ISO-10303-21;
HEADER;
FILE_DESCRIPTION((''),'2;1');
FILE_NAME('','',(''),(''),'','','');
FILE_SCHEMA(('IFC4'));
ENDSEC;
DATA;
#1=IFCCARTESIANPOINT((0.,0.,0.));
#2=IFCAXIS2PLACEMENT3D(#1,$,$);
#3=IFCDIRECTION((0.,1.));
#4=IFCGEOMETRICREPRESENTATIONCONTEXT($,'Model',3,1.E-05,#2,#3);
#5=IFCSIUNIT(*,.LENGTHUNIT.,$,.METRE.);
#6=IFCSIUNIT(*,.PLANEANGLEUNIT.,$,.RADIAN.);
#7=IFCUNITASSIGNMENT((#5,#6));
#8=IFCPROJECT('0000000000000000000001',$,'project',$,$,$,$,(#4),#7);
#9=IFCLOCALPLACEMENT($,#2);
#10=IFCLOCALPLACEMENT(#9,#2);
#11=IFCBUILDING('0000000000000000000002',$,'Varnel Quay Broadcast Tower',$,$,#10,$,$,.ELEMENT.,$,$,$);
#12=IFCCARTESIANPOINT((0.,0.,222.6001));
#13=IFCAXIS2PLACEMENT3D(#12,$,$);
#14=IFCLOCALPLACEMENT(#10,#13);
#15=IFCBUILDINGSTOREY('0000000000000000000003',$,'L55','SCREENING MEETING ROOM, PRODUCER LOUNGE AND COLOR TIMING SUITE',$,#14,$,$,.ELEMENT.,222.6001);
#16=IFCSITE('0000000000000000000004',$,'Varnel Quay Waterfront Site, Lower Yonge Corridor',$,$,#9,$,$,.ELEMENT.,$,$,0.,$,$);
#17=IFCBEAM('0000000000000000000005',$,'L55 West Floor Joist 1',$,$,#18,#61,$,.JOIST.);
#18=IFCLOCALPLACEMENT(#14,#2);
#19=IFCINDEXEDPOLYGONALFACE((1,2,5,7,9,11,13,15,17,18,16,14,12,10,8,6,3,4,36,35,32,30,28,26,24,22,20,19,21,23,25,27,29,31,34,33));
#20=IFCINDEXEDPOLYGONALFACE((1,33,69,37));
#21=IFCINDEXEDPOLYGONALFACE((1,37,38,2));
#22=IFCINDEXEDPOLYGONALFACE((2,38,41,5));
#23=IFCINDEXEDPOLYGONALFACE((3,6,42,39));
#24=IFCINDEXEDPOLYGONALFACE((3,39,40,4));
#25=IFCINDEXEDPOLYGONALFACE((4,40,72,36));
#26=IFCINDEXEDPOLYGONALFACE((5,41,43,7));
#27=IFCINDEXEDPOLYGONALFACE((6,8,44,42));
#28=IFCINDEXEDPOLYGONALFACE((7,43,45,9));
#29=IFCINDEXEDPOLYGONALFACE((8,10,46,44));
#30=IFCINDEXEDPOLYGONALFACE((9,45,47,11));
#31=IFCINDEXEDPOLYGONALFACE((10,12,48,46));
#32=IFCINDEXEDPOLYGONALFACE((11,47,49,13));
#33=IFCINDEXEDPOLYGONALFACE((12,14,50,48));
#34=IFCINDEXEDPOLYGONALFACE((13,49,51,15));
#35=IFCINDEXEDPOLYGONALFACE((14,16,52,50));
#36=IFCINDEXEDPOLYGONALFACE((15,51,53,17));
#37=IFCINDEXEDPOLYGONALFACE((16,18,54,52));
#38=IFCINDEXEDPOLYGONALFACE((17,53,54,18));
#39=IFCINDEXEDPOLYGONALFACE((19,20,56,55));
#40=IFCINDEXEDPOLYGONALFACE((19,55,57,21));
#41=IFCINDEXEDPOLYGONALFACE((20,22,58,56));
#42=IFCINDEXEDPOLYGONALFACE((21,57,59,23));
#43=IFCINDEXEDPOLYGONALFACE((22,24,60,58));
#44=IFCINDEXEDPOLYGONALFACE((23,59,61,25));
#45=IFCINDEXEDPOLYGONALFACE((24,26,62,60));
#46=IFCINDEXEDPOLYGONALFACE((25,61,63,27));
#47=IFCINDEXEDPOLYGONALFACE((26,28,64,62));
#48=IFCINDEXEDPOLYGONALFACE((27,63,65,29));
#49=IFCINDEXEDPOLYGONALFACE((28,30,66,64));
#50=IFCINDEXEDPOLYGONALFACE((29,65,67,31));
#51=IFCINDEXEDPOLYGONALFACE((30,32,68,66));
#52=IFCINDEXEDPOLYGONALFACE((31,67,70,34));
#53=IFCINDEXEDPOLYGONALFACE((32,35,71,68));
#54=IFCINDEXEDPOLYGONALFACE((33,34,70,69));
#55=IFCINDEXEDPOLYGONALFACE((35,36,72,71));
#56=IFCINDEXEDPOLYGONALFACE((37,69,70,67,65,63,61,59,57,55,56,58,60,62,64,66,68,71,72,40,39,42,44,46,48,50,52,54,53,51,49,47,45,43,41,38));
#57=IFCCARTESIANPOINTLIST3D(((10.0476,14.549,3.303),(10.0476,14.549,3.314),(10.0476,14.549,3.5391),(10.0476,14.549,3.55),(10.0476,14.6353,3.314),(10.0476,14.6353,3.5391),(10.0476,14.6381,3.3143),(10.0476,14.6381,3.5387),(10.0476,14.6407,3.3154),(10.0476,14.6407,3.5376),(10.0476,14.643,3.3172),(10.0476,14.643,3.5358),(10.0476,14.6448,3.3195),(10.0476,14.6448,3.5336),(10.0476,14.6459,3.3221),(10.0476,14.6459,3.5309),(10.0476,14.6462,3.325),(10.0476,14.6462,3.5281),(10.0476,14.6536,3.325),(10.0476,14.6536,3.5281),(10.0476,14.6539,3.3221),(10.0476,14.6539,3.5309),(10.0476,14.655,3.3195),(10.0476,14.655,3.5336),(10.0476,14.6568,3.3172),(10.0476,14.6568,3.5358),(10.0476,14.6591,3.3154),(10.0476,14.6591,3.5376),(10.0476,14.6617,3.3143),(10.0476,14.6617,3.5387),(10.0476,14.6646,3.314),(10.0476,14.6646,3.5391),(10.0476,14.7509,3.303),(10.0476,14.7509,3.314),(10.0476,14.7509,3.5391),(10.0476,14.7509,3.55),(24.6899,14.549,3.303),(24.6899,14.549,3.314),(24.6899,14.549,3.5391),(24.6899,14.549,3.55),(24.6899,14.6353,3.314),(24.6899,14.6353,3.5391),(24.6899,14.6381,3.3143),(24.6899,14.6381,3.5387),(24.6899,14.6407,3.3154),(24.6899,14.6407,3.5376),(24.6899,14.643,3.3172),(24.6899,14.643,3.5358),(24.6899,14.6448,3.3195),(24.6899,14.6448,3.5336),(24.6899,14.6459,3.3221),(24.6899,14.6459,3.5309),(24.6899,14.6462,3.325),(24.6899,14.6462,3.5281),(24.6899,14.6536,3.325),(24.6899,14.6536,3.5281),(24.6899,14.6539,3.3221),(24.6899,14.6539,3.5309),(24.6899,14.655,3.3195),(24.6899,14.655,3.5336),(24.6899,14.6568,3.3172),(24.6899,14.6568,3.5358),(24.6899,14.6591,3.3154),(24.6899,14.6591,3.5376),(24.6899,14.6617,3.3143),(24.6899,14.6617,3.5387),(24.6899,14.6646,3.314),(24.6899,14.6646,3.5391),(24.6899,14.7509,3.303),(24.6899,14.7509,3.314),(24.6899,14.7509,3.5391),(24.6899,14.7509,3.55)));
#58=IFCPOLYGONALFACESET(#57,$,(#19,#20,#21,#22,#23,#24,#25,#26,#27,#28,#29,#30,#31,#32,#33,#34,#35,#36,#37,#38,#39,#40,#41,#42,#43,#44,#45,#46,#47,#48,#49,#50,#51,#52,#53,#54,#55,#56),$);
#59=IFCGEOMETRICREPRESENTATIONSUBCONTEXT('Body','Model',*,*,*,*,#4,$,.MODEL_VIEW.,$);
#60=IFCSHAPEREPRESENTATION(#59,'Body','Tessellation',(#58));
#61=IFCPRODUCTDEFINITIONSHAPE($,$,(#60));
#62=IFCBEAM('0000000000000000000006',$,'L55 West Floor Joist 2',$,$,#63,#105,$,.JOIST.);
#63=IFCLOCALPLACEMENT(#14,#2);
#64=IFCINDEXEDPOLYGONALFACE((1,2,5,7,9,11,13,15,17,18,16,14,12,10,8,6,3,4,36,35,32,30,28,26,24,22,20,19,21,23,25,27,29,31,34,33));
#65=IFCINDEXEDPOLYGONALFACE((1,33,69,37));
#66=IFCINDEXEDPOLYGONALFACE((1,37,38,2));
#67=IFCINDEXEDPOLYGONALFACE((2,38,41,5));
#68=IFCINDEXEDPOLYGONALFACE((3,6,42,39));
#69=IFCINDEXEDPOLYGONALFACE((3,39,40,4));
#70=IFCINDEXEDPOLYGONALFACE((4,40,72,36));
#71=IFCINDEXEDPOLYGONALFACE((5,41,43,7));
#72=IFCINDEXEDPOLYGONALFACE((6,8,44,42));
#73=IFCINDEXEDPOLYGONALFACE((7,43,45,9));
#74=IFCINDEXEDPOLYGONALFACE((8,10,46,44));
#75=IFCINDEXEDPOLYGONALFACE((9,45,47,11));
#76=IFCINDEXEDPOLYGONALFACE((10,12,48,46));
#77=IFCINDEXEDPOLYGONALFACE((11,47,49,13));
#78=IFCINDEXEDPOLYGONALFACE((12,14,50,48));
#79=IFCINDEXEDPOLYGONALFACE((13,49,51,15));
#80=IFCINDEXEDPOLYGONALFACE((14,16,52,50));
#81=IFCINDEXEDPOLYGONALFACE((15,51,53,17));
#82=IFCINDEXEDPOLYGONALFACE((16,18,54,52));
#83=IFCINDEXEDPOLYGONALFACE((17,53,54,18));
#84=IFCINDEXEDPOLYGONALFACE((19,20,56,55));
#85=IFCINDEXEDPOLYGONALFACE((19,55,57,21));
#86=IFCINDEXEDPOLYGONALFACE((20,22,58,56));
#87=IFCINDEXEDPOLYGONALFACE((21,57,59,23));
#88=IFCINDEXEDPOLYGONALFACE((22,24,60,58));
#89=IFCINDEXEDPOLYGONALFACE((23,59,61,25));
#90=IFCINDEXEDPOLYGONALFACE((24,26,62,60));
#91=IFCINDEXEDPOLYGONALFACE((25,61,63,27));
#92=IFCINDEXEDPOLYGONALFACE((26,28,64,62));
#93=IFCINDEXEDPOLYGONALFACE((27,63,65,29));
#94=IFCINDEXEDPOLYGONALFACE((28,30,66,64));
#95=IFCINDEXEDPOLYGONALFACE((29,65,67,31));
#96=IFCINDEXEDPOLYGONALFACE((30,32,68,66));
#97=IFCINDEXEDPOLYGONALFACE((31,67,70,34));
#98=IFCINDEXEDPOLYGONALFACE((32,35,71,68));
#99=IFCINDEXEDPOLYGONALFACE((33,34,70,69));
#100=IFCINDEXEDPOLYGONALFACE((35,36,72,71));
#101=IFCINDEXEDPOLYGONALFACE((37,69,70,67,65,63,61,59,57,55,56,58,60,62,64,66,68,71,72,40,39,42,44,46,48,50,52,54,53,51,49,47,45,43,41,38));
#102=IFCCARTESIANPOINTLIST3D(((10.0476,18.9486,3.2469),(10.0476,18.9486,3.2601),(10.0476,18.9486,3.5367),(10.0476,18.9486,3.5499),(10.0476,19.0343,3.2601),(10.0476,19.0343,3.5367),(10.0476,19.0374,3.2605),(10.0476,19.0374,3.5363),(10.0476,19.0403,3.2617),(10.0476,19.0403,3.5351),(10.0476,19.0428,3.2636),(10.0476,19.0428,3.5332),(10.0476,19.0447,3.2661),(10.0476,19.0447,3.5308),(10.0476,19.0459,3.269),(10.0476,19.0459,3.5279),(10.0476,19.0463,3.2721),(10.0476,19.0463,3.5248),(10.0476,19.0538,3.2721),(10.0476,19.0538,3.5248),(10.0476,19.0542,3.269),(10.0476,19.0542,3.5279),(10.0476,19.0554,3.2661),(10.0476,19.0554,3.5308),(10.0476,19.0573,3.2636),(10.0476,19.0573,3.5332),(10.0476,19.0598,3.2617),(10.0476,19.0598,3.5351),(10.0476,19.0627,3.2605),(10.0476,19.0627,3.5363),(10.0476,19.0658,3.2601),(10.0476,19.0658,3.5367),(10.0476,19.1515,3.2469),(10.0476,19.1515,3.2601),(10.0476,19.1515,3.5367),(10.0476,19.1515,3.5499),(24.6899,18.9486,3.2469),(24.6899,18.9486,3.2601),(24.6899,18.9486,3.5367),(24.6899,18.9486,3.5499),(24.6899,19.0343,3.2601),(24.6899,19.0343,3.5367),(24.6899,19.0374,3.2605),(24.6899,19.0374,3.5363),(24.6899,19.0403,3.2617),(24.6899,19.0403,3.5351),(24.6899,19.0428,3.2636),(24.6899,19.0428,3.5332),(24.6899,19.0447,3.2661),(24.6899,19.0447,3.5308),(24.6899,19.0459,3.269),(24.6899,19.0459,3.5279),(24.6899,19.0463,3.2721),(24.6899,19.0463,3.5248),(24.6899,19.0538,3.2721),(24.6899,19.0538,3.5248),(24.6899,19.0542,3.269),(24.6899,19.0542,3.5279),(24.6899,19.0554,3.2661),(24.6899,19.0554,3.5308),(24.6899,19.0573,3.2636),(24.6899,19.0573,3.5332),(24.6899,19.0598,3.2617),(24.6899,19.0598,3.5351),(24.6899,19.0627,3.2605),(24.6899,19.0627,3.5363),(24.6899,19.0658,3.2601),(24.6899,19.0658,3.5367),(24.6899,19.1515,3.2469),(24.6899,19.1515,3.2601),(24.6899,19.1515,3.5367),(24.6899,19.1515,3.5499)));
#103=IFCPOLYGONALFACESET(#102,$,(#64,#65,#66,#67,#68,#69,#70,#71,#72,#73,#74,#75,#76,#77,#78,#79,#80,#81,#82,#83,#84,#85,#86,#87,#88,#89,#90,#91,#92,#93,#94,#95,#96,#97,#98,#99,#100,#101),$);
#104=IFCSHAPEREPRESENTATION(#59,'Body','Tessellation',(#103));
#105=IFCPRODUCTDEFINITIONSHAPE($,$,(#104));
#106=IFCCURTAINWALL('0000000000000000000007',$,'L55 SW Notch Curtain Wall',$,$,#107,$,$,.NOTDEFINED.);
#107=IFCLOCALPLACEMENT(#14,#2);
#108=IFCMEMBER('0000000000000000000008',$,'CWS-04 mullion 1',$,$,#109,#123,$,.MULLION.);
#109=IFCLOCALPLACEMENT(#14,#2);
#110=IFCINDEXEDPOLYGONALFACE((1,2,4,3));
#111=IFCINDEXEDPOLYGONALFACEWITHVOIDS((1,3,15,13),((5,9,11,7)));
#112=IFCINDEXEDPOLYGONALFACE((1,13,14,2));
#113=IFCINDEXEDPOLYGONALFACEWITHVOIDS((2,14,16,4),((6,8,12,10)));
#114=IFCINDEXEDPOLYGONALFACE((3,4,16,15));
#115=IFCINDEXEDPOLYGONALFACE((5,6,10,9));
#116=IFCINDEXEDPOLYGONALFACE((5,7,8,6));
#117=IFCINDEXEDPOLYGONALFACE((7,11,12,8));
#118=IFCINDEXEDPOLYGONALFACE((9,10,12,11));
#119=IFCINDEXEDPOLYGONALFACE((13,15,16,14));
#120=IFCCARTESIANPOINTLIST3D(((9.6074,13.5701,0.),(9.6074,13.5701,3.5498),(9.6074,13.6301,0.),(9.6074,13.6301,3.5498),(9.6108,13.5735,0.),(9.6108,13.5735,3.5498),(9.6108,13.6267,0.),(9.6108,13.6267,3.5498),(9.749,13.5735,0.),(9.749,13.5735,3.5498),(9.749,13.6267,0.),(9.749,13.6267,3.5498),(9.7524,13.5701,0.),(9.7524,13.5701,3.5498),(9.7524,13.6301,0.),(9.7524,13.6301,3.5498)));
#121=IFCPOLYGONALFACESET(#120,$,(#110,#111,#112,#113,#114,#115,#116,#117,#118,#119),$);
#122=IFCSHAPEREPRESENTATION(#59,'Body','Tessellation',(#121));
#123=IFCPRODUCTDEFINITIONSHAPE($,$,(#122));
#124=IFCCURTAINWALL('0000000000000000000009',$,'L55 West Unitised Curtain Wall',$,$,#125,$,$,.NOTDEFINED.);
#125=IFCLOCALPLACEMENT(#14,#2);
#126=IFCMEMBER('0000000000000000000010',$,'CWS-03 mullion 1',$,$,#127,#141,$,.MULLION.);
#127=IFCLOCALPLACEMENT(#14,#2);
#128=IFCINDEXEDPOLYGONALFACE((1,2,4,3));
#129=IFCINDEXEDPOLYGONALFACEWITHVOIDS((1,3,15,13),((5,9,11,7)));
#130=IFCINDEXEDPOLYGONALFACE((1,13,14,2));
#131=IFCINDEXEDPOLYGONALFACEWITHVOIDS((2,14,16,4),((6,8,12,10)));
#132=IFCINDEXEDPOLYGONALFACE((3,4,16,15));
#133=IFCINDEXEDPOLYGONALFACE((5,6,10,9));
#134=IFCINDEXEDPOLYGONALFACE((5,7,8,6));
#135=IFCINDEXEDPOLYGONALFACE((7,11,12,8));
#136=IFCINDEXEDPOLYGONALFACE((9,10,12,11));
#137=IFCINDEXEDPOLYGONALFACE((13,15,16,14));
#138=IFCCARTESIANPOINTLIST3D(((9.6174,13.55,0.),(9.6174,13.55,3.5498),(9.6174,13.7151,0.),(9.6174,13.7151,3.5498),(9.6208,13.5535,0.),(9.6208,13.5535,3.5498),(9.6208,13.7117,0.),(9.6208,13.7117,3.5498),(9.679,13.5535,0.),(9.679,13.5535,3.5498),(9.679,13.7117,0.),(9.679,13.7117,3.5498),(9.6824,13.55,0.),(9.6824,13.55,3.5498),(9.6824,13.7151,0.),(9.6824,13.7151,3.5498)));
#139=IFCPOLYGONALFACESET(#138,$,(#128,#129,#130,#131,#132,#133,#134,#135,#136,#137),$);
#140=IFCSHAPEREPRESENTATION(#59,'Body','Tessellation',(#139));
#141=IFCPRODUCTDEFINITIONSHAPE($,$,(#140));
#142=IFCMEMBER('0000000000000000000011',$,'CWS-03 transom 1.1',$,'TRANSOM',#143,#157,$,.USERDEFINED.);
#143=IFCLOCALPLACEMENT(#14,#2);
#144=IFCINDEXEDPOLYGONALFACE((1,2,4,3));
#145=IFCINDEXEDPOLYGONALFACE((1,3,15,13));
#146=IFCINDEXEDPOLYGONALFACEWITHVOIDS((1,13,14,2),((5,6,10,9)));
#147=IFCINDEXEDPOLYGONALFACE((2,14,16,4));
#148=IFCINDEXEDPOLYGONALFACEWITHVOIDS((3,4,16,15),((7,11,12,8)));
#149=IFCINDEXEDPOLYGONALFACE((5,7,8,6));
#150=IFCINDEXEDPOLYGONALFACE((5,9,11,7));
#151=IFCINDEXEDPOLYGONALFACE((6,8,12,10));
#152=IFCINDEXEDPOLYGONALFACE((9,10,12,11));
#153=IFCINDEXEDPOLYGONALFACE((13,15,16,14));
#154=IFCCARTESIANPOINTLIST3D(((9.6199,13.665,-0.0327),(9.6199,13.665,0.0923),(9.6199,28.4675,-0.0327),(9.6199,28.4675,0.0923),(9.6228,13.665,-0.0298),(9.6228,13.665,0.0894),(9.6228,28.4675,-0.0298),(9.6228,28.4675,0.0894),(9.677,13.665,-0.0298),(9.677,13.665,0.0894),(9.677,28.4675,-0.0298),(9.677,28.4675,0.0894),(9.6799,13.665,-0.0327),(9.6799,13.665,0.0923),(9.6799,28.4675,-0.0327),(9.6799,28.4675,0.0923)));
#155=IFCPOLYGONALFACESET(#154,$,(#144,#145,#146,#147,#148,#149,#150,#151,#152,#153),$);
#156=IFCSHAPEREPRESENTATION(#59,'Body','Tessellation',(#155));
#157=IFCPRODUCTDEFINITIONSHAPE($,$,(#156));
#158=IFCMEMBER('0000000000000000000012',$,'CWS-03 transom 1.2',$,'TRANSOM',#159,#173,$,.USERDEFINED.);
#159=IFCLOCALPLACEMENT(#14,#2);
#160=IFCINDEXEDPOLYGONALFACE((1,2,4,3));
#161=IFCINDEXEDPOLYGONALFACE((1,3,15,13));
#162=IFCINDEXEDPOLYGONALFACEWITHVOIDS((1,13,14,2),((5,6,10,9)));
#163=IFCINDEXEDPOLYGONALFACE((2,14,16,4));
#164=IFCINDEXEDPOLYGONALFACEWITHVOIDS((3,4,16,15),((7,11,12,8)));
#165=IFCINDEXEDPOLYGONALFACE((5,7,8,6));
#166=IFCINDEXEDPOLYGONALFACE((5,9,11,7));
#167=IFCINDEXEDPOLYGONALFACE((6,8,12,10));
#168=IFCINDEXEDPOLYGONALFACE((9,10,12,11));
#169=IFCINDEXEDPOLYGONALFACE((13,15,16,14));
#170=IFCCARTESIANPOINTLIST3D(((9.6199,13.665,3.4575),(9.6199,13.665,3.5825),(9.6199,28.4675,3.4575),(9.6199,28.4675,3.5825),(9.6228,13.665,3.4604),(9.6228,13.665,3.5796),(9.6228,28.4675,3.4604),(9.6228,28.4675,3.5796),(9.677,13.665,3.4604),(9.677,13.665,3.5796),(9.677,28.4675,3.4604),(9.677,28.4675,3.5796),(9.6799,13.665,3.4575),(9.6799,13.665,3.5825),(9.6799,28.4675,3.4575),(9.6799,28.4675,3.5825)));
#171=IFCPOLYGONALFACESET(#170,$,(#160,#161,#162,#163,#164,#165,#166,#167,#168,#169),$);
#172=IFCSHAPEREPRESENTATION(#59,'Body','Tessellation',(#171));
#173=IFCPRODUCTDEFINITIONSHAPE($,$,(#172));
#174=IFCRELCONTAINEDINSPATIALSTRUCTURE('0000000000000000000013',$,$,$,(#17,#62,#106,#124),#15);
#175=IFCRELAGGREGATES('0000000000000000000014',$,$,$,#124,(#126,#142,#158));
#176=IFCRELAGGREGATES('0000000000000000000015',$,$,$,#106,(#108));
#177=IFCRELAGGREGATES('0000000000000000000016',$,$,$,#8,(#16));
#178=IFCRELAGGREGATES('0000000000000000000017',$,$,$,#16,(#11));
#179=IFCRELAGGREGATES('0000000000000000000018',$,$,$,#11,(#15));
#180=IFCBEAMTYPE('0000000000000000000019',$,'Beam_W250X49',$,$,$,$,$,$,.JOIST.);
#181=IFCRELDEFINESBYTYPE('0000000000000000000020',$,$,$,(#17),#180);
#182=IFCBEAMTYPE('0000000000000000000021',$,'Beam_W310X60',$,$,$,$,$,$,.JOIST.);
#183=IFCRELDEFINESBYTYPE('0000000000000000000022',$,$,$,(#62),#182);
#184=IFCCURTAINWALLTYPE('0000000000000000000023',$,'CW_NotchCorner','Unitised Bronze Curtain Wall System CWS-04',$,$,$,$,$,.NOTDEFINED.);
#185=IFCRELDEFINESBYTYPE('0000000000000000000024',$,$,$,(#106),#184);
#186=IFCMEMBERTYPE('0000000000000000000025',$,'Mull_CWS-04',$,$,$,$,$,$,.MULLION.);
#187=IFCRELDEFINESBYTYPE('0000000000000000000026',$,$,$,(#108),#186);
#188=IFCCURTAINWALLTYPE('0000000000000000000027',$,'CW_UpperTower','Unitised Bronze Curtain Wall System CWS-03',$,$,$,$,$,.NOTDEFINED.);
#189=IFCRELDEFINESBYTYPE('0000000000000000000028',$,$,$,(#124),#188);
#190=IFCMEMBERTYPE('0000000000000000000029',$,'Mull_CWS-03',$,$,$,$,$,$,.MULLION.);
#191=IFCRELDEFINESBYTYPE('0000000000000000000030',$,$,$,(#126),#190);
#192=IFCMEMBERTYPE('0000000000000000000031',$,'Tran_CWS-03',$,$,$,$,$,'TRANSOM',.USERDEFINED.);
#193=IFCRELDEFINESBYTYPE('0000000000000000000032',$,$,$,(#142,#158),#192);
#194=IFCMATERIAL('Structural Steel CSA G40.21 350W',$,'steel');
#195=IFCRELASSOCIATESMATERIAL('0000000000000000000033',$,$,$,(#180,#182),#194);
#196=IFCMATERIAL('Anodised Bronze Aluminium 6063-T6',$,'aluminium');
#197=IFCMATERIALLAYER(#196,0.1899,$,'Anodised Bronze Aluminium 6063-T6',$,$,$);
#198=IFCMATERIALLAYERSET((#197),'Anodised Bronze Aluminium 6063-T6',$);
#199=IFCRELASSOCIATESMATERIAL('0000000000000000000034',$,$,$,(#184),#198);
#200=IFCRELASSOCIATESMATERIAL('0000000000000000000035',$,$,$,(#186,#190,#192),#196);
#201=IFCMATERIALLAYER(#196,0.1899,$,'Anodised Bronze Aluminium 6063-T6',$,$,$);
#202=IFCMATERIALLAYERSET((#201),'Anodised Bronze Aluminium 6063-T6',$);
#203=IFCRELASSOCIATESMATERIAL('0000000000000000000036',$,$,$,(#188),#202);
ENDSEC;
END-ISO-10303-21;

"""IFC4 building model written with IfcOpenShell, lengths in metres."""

from ifc_helpers import new_model, si_unit, direction, frame, origin, origin_2d, place, context, subcontext, project, spatial, hollow_rectangle, i_section, extrude, source, transform, mapped, material, layer, layer_set, material_profile, profile_set, type_object, type_shapes, element, aggregate, save


model = new_model("IFC4")

# Units and contexts
model_context = context("Model", 3, precision=1e-05, world=origin(), true_north=direction((0.0, 1.0)))
body_context = subcontext(model_context, "Body", "Model", "MODEL_VIEW")
ifc_project = project(units=[si_unit("LENGTHUNIT", "METRE"), si_unit("PLANEANGLEUNIT", "RADIAN")], contexts=[model_context])

# Site, building, storey
site_placement = place(None, origin())
site = spatial("IfcSite", under=ifc_project, at=site_placement, Name="Varnel Quay Waterfront Site, Lower Yonge Corridor", CompositionType="ELEMENT", RefElevation=0.0)
building_placement = place(site_placement, origin())
building = spatial("IfcBuilding", under=site, at=building_placement, Name="Varnel Quay Broadcast Tower", CompositionType="ELEMENT")
storey_placement = place(building_placement, frame((0.0, 0.0, 222.6001)))
storey = spatial("IfcBuildingStorey", under=building, at=storey_placement, Name="L55", Description="SCREENING MEETING ROOM, PRODUCER LOUNGE AND COLOR TIMING SUITE", CompositionType="ELEMENT", Elevation=222.6001)

# Beams
ifc_material_1 = material(Name="Structural Steel CSA G40.21 350W", Category="steel")
ifc_material_profile_1 = material_profile(ifc_material_1, i_section(OverallWidth=0.2019, OverallDepth=0.2471, WebThickness=0.0073, FlangeThickness=0.011, FilletRadius=0.011, at=origin_2d()), Name="W250X49")
ifc_profile_set_1 = profile_set([ifc_material_profile_1], Name="Structural Steel CSA G40.21 350W")
beam_type_1 = type_object("IfcBeamType", Name="Beam_W250X49", PredefinedType="JOIST", material=ifc_profile_set_1)
shared_shape_1 = source(origin(), body_context, "Body", "SweptSolid", [
    extrude(i_section(OverallWidth=0.2019, OverallDepth=0.2471, WebThickness=0.0073, FlangeThickness=0.011, FilletRadius=0.011, at=origin_2d()), origin(), (0.0, 0.0, 1.0), 14.6423),
])
type_shapes(beam_type_1, [shared_shape_1])
beam_1_placement = place(storey_placement, frame((10.0476, 14.6499, 3.4265), z_axis=(1.0, 0.0, 0.0), x_axis=(0.0, 1.0, 0.0)))
element("IfcBeam", 1, at=beam_1_placement, inside=storey, type_object=beam_type_1, Name="L55 West Floor Joist 1", PredefinedType="JOIST", context=body_context, shape_type="MappedRepresentation", body=[
    mapped(shared_shape_1, transform((0.0, 0.0, 0.0), x_axis=(1.0, 0.0, 0.0), y_axis=(0.0, 1.0, 0.0), z_axis=(0.0, 0.0, 1.0), scale=1.0)),
])
ifc_material_profile_2 = material_profile(ifc_material_1, i_section(OverallWidth=0.2029, OverallDepth=0.303, WebThickness=0.0076, FlangeThickness=0.0132, FilletRadius=0.012, at=origin_2d()), Name="W310X60")
ifc_profile_set_2 = profile_set([ifc_material_profile_2], Name="Structural Steel CSA G40.21 350W")
beam_type_2 = type_object("IfcBeamType", Name="Beam_W310X60", PredefinedType="JOIST", material=ifc_profile_set_2)
shared_shape_2 = source(origin(), body_context, "Body", "SweptSolid", [
    extrude(i_section(OverallWidth=0.2029, OverallDepth=0.303, WebThickness=0.0076, FlangeThickness=0.0132, FilletRadius=0.012, at=origin_2d()), origin(), (0.0, 0.0, 1.0), 14.6423),
])
type_shapes(beam_type_2, [shared_shape_2])
beam_2_placement = place(storey_placement, frame((10.0476, 19.05, 3.3984), z_axis=(1.0, 0.0, 0.0), x_axis=(0.0, 1.0, 0.0)))
element("IfcBeam", 2, at=beam_2_placement, inside=storey, type_object=beam_type_2, Name="L55 West Floor Joist 2", PredefinedType="JOIST", context=body_context, shape_type="MappedRepresentation", body=[
    mapped(shared_shape_2, transform((0.0, 0.0, 0.0), x_axis=(1.0, 0.0, 0.0), y_axis=(0.0, 1.0, 0.0), z_axis=(0.0, 0.0, 1.0), scale=1.0)),
])

# Curtain wall, member
ifc_material_2 = material(Name="Anodised Bronze Aluminium 6063-T6", Category="aluminium")
ifc_layer_1 = layer(ifc_material_2, 0.1899, Name="Anodised Bronze Aluminium 6063-T6")
ifc_layer_set_1 = layer_set([ifc_layer_1], Name="Anodised Bronze Aluminium 6063-T6")
curtain_wall_type_1 = type_object("IfcCurtainWallType", Name="CW_NotchCorner", Description="Unitised Bronze Curtain Wall System CWS-04", PredefinedType="NOTDEFINED", material=ifc_layer_set_1)
curtain_wall_1_placement = place(storey_placement, origin())
curtain_wall_1 = element("IfcCurtainWall", 3, at=curtain_wall_1_placement, inside=storey, type_object=curtain_wall_type_1, Name="L55 SW Notch Curtain Wall", PredefinedType="NOTDEFINED")
ifc_material_profile_3 = material_profile(ifc_material_2, hollow_rectangle(XDim=0.0601, YDim=0.145, WallThickness=0.0034, at=origin_2d()), Name="ALU60X145X3.5")
ifc_profile_set_3 = profile_set([ifc_material_profile_3], Name="Anodised Bronze Aluminium 6063-T6")
member_type_1 = type_object("IfcMemberType", Name="Mull_CWS-04", PredefinedType="MULLION", material=ifc_profile_set_3)
shared_shape_3 = source(origin(), body_context, "Body", "SweptSolid", [
    extrude(hollow_rectangle(XDim=0.0601, YDim=0.145, WallThickness=0.0034, at=origin_2d()), origin(), (0.0, 0.0, 1.0), 3.5498),
])
type_shapes(member_type_1, [shared_shape_3])
member_1_placement = place(storey_placement, frame((9.6799, 13.6001, 0.0), z_axis=(0.0, 0.0, 1.0), x_axis=(0.0, 1.0, 0.0)))
member_1 = element("IfcMember", 4, at=member_1_placement, type_object=member_type_1, Name="CWS-04 mullion 1", PredefinedType="MULLION", context=body_context, shape_type="MappedRepresentation", body=[
    mapped(shared_shape_3, transform((0.0, 0.0, 0.0), x_axis=(1.0, 0.0, 0.0), y_axis=(0.0, 1.0, 0.0), z_axis=(0.0, 0.0, 1.0), scale=1.0)),
])

# Curtain wall, members
ifc_layer_2 = layer(ifc_material_2, 0.1899, Name="Anodised Bronze Aluminium 6063-T6")
ifc_layer_set_2 = layer_set([ifc_layer_2], Name="Anodised Bronze Aluminium 6063-T6")
curtain_wall_type_2 = type_object("IfcCurtainWallType", Name="CW_UpperTower", Description="Unitised Bronze Curtain Wall System CWS-03", PredefinedType="NOTDEFINED", material=ifc_layer_set_2)
curtain_wall_2_placement = place(storey_placement, origin())
curtain_wall_2 = element("IfcCurtainWall", 5, at=curtain_wall_2_placement, inside=storey, type_object=curtain_wall_type_2, Name="L55 West Unitised Curtain Wall", PredefinedType="NOTDEFINED")
ifc_material_profile_4 = material_profile(ifc_material_2, hollow_rectangle(XDim=0.0649, YDim=0.165, WallThickness=0.0034, at=origin_2d()), Name="ALU65X165X3.5")
ifc_profile_set_4 = profile_set([ifc_material_profile_4], Name="Anodised Bronze Aluminium 6063-T6")
member_type_2 = type_object("IfcMemberType", Name="Mull_CWS-03", PredefinedType="MULLION", material=ifc_profile_set_4)
shared_shape_4 = source(origin(), body_context, "Body", "SweptSolid", [
    extrude(hollow_rectangle(XDim=0.0649, YDim=0.165, WallThickness=0.0034, at=origin_2d()), origin(), (0.0, 0.0, 1.0), 3.5498),
])
type_shapes(member_type_2, [shared_shape_4])
member_2_placement = place(storey_placement, frame((9.6499, 13.6326, 0.0), z_axis=(0.0, 0.0, 1.0), x_axis=(-1.0, 0.0, 0.0)))
member_2 = element("IfcMember", 6, at=member_2_placement, type_object=member_type_2, Name="CWS-03 mullion 1", PredefinedType="MULLION", context=body_context, shape_type="MappedRepresentation", body=[
    mapped(shared_shape_4, transform((0.0, 0.0, 0.0), x_axis=(1.0, 0.0, 0.0), y_axis=(0.0, 1.0, 0.0), z_axis=(0.0, 0.0, 1.0), scale=1.0)),
])
ifc_material_profile_5 = material_profile(ifc_material_2, hollow_rectangle(XDim=0.0601, YDim=0.125, WallThickness=0.0029, at=origin_2d()), Name="ALU60X125X3")
ifc_profile_set_5 = profile_set([ifc_material_profile_5], Name="Anodised Bronze Aluminium 6063-T6")
member_type_3 = type_object("IfcMemberType", Name="Tran_CWS-03", ElementType="TRANSOM", PredefinedType="USERDEFINED", material=ifc_profile_set_5)
shared_shape_5 = source(origin(), body_context, "Body", "SweptSolid", [
    extrude(hollow_rectangle(XDim=0.0601, YDim=0.125, WallThickness=0.0029, at=origin_2d()), origin(), (0.0, 0.0, 1.0), 14.8025),
])
type_shapes(member_type_3, [shared_shape_5])
member_3_placement = place(storey_placement, frame((9.6499, 13.665, 0.0298), z_axis=(0.0, 1.0, 0.0), x_axis=(-1.0, 0.0, 0.0)))
member_3 = element("IfcMember", 7, at=member_3_placement, type_object=member_type_3, Name="CWS-03 transom 1.1", ObjectType="TRANSOM", PredefinedType="USERDEFINED", context=body_context, shape_type="MappedRepresentation", body=[
    mapped(shared_shape_5, transform((0.0, 0.0, 0.0), x_axis=(1.0, 0.0, 0.0), y_axis=(0.0, 1.0, 0.0), z_axis=(0.0, 0.0, 1.0), scale=1.0)),
])
member_4_placement = place(storey_placement, frame((9.6499, 13.665, 3.52), z_axis=(0.0, 1.0, 0.0), x_axis=(-1.0, 0.0, 0.0)))
member_4 = element("IfcMember", 8, at=member_4_placement, type_object=member_type_3, Name="CWS-03 transom 1.2", ObjectType="TRANSOM", PredefinedType="USERDEFINED", context=body_context, shape_type="MappedRepresentation", body=[
    mapped(shared_shape_5, transform((0.0, 0.0, 0.0), x_axis=(1.0, 0.0, 0.0), y_axis=(0.0, 1.0, 0.0), z_axis=(0.0, 0.0, 1.0), scale=1.0)),
])
aggregate(curtain_wall_2, [member_2, member_3, member_4])

aggregate(curtain_wall_1, [member_1])

save(model, "model.ifc")
